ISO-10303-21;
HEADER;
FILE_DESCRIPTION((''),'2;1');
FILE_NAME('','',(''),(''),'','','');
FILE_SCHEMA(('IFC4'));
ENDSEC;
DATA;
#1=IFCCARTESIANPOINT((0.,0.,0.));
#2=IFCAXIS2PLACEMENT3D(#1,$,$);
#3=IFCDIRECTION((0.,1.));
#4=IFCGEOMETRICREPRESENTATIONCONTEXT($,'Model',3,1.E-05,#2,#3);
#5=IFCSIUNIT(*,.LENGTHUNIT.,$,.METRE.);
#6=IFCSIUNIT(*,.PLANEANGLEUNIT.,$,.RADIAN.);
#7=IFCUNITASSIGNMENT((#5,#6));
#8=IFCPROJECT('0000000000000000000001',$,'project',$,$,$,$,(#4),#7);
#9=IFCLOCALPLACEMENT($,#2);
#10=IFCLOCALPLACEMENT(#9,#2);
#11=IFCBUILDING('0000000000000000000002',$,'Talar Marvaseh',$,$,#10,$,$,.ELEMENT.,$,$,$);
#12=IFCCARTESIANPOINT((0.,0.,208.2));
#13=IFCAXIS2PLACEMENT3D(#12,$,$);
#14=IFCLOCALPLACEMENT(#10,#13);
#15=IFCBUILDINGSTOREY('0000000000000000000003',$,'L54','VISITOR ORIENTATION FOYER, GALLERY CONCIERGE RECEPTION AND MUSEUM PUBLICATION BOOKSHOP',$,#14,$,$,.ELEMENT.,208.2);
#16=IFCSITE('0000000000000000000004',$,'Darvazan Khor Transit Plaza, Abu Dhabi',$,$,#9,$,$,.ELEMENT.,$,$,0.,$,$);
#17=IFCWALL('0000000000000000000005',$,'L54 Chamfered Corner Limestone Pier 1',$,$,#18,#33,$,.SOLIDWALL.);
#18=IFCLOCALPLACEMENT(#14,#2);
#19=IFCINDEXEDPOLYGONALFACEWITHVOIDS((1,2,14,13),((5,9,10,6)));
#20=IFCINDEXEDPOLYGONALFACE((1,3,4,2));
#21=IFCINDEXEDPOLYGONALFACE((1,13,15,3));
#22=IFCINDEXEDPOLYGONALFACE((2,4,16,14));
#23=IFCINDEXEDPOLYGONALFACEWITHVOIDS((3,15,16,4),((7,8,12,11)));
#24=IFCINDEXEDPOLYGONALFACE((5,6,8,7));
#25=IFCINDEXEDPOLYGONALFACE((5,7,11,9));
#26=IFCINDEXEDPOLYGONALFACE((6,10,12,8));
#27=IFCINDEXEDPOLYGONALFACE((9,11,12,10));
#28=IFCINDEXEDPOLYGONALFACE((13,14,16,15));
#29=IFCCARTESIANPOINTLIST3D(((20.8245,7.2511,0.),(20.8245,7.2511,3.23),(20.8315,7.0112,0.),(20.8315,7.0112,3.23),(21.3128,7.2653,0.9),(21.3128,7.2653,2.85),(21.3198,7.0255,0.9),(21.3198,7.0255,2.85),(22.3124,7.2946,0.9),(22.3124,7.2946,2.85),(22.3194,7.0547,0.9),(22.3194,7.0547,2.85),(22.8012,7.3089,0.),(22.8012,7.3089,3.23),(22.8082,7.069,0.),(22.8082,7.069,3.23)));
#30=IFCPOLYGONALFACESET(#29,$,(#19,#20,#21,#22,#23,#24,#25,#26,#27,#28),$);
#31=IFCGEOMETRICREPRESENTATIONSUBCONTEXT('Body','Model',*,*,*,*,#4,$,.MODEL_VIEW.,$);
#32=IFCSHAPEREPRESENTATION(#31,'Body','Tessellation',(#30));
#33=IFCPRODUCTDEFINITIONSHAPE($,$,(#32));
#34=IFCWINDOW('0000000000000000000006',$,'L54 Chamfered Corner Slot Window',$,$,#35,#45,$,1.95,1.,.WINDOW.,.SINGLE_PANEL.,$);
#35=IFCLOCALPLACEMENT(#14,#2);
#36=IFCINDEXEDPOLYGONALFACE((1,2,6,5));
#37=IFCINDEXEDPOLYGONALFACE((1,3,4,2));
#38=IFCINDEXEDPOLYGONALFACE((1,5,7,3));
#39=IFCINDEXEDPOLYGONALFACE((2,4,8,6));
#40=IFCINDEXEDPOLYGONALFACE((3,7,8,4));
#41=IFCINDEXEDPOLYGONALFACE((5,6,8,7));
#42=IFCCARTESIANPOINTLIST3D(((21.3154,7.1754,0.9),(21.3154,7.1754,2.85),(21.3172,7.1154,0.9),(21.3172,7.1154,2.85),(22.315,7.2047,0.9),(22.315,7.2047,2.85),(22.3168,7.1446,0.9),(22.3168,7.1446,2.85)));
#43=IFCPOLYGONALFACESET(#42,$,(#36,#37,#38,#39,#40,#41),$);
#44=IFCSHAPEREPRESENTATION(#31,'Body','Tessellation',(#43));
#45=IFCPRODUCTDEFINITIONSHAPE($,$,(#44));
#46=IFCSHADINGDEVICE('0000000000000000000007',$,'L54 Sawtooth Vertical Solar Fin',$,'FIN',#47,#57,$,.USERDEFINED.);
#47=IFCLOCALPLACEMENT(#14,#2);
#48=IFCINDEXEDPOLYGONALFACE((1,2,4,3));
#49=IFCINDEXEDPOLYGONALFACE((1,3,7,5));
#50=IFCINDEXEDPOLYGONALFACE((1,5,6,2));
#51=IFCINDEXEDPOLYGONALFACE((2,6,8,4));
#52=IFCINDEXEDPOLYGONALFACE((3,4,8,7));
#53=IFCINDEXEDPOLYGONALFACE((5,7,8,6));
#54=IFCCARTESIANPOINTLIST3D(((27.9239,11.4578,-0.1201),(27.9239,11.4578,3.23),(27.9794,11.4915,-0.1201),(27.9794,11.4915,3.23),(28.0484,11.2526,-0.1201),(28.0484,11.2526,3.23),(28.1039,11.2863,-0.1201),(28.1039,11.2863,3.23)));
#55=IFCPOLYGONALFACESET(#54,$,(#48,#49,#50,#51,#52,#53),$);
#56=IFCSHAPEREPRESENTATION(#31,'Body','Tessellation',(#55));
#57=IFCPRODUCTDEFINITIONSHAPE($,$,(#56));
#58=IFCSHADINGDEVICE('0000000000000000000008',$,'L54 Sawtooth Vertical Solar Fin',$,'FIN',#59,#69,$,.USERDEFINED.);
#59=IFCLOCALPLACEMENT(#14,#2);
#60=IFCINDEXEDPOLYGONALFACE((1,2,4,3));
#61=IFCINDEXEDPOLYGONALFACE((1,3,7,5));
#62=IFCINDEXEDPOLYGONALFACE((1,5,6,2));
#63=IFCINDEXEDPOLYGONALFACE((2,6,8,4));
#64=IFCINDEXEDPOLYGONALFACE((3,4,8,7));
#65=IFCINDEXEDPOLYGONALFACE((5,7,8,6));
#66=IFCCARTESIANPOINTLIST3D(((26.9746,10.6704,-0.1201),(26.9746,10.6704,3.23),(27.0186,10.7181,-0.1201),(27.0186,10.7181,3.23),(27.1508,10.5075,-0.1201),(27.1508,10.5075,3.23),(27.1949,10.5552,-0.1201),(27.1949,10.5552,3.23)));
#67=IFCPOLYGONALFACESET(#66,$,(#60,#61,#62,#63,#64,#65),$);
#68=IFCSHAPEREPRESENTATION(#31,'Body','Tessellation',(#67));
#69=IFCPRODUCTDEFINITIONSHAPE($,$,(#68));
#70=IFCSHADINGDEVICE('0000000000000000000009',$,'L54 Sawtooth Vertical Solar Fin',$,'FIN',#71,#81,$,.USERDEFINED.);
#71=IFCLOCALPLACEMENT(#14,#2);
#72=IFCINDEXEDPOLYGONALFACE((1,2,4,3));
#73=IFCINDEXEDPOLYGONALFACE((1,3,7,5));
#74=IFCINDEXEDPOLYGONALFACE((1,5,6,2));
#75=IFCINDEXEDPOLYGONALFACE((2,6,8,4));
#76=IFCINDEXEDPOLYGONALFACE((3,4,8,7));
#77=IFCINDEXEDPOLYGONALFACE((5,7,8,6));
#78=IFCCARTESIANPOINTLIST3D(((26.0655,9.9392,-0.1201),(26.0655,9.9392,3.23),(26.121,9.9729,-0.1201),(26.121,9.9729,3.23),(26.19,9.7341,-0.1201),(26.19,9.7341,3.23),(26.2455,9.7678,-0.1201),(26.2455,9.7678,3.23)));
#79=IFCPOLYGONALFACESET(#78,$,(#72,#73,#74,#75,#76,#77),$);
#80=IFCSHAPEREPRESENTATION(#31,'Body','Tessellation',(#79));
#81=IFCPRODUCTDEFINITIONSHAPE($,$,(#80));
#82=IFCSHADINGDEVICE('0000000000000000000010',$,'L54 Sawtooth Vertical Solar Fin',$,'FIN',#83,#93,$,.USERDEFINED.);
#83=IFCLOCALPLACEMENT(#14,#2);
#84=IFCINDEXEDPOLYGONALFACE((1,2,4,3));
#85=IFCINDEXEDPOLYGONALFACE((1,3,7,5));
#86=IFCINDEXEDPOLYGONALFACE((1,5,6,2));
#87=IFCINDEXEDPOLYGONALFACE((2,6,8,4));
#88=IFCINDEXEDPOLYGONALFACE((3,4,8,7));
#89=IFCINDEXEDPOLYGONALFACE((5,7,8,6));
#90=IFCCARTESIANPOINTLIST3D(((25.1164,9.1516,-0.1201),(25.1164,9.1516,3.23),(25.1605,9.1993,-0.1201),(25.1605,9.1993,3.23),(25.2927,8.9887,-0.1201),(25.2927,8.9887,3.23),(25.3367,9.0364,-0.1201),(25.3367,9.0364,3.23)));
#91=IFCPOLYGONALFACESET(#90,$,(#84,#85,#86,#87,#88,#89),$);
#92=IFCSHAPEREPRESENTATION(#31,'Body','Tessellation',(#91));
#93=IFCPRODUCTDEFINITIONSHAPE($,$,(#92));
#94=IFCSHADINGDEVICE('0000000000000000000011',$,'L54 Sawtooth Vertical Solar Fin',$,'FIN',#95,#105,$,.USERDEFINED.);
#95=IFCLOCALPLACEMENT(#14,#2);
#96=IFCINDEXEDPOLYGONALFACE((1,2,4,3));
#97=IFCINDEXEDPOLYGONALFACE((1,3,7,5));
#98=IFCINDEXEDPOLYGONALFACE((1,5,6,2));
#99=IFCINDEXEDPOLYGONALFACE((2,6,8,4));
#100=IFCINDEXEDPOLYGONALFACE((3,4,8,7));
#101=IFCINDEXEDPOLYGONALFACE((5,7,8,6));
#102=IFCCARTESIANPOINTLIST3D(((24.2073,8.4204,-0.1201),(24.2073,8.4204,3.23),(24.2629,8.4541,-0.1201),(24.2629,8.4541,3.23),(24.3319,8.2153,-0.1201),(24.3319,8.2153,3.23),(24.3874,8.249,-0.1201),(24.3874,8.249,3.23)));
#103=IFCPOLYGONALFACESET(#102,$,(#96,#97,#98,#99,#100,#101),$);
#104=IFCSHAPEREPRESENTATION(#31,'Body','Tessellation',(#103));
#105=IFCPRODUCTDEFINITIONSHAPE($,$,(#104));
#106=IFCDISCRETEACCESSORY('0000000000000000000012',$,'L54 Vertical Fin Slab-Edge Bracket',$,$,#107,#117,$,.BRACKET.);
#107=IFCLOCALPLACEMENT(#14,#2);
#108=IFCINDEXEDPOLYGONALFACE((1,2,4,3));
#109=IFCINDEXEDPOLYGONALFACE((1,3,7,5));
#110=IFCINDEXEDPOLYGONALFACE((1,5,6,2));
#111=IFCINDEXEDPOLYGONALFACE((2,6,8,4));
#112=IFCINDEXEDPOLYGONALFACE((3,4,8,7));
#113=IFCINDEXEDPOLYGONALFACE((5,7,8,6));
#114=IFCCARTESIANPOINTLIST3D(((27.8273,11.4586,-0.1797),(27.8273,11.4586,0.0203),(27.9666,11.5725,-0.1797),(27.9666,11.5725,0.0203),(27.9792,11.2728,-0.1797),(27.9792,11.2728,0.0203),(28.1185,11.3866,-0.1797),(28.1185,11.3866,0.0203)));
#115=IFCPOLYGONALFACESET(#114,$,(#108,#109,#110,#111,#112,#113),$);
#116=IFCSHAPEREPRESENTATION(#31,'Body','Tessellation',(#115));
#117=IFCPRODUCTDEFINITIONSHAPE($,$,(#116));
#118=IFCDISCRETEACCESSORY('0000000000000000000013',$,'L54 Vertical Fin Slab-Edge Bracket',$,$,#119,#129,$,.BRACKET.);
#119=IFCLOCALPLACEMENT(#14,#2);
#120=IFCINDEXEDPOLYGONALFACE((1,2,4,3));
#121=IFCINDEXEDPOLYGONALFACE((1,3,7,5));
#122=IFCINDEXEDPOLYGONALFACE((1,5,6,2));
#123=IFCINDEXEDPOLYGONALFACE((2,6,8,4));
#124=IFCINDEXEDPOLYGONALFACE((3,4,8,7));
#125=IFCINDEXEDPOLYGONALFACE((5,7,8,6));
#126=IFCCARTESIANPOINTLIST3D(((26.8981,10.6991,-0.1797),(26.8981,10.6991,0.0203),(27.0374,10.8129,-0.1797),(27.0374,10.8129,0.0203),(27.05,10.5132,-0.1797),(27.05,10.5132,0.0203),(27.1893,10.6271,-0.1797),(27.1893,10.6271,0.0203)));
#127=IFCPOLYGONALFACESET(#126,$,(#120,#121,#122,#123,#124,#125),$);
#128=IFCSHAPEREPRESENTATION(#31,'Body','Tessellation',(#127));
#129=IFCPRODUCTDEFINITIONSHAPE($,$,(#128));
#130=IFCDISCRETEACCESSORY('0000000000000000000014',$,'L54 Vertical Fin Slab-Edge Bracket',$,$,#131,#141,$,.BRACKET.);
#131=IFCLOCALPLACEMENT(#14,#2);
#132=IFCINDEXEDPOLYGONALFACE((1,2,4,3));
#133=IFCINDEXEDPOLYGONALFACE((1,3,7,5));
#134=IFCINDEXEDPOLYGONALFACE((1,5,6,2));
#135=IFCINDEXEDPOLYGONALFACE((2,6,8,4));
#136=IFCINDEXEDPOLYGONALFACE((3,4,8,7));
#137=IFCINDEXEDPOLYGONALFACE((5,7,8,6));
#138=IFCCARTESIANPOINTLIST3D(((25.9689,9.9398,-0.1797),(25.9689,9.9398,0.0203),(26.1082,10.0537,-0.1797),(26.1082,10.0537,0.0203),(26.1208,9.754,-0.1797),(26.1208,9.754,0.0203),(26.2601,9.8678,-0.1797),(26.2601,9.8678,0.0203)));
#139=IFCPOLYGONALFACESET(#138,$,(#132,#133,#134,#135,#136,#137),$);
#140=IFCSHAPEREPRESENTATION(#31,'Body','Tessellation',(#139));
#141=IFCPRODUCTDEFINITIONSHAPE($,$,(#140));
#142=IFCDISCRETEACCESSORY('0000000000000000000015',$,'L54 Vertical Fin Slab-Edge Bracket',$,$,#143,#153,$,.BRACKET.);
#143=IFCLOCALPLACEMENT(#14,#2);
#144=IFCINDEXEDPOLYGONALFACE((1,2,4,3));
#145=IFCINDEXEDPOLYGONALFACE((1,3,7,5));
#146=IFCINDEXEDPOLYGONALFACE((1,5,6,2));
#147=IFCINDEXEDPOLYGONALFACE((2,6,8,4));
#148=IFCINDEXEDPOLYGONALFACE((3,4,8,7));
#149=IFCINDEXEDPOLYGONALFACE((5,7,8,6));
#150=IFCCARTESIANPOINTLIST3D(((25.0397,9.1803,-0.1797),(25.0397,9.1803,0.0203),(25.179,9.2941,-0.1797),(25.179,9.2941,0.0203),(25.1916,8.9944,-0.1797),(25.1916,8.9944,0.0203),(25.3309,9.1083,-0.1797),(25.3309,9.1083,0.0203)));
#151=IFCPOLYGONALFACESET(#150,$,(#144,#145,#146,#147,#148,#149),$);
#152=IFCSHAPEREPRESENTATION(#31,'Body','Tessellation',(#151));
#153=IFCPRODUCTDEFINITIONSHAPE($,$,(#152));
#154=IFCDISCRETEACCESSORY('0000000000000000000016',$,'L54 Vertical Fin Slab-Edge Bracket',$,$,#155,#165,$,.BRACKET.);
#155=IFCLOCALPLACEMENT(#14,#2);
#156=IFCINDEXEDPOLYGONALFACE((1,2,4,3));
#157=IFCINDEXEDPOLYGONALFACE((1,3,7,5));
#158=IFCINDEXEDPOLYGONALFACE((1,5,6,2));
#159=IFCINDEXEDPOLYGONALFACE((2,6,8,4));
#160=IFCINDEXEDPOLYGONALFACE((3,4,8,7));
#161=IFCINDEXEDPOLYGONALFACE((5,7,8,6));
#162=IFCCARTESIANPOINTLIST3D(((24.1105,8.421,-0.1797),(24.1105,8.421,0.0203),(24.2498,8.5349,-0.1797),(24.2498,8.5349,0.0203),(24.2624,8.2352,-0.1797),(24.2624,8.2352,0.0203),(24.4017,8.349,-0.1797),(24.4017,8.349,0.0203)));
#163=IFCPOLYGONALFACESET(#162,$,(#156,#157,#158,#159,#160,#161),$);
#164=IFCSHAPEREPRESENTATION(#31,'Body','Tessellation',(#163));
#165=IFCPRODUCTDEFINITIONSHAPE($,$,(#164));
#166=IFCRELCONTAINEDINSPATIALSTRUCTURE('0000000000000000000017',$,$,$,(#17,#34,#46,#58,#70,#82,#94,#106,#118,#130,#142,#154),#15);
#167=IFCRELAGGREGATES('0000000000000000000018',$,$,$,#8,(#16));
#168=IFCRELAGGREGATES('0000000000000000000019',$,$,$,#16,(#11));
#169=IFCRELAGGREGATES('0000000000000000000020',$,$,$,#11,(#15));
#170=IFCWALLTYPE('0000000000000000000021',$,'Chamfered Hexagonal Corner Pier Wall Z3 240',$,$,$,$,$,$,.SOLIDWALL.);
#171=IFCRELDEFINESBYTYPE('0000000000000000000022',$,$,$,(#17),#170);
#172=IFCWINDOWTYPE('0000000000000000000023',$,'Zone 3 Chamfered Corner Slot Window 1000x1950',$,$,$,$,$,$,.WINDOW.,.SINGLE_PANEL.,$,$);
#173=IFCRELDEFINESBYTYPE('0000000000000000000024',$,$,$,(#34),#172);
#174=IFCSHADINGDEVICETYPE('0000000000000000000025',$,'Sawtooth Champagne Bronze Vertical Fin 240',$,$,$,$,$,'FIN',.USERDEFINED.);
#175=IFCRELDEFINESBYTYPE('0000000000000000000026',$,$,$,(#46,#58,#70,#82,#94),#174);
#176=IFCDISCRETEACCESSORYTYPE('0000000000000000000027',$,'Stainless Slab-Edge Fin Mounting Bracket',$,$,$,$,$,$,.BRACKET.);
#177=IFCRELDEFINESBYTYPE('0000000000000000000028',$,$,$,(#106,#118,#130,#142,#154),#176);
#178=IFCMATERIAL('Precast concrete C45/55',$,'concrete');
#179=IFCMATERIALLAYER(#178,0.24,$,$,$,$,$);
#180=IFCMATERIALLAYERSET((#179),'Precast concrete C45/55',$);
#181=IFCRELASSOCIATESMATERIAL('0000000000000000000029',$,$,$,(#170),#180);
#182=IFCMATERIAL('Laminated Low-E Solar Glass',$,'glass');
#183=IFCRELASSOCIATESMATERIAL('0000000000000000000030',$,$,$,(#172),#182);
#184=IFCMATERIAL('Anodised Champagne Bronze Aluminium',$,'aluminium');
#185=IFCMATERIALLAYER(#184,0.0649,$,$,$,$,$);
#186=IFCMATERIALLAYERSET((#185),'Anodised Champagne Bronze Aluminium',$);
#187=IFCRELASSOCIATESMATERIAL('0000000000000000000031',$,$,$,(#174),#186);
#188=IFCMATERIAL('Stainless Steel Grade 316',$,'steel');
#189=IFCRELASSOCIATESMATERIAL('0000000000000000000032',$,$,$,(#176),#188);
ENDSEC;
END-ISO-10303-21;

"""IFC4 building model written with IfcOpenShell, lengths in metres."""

from ifc_helpers import new_model, si_unit, direction, frame, frame_2d, origin, origin_2d, place, context, subcontext, project, spatial, rectangle, extrude, source, transform, mapped, material, layer, layer_set, type_object, type_shapes, element, fill, save


model = new_model("IFC4")

# Units and contexts
model_context = context("Model", 3, precision=1e-05, world=origin(), true_north=direction((0.0, 1.0)))
body_context = subcontext(model_context, "Body", "Model", "MODEL_VIEW")
ifc_project = project(units=[si_unit("LENGTHUNIT", "METRE"), si_unit("PLANEANGLEUNIT", "RADIAN")], contexts=[model_context])

# Site, building, storey
site_placement = place(None, origin())
site = spatial("IfcSite", under=ifc_project, at=site_placement, Name="Darvazan Khor Transit Plaza, Abu Dhabi", CompositionType="ELEMENT", RefElevation=0.0)
building_placement = place(site_placement, origin())
building = spatial("IfcBuilding", under=site, at=building_placement, Name="Talar Marvaseh", CompositionType="ELEMENT")
storey_placement = place(building_placement, frame((0.0, 0.0, 208.2)))
storey = spatial("IfcBuildingStorey", under=building, at=storey_placement, Name="L54", Description="VISITOR ORIENTATION FOYER, GALLERY CONCIERGE RECEPTION AND MUSEUM PUBLICATION BOOKSHOP", CompositionType="ELEMENT", Elevation=208.2)

# Shared definitions
ifc_material_1 = material(Name="Laminated Low-E Solar Glass", Category="glass")

# Wall, opening, window
ifc_material_2 = material(Name="Precast concrete C45/55", Category="concrete")
ifc_layer_1 = layer(ifc_material_2, 0.24)
ifc_layer_set_1 = layer_set([ifc_layer_1], Name="Precast concrete C45/55")
wall_type = type_object("IfcWallType", Name="Chamfered Hexagonal Corner Pier Wall Z3 240", PredefinedType="SOLIDWALL", material=ifc_layer_set_1)
wall_placement = place(storey_placement, frame((22.8047, 7.189, 0.0), z_axis=(0.0, 0.0, 1.0), x_axis=(-0.999572, -0.029258, 0.0)))
wall = element("IfcWall", 1, at=wall_placement, inside=storey, type_object=wall_type, Name="L54 Chamfered Corner Limestone Pier 1", PredefinedType="SOLIDWALL", context=body_context, shape_type="SweptSolid", body=[
    extrude(rectangle(XDim=1.9775, YDim=0.24, at=frame_2d((0.9888, 0.0))), origin(), (0.0, 0.0, 1.0), 3.23),
])
opening_placement = place(wall_placement, frame((0.489, 0.0, 0.8999)))
opening = element("IfcOpeningElement", 2, at=opening_placement, cuts=wall, PredefinedType="OPENING", context=body_context, shape_type="SweptSolid", body=[
    extrude(rectangle(XDim=1.0, YDim=1.95, at=frame_2d((0.5, 0.9751))), frame((0.0, 0.1299, 0.0), z_axis=(0.0, -1.0, 0.0), x_axis=(1.0, 0.0, 0.0)), (0.0, 0.0, 1.0), 0.26),
])
window_type = type_object("IfcWindowType", Name="Zone 3 Chamfered Corner Slot Window 1000x1950", PartitioningType="SINGLE_PANEL", PredefinedType="WINDOW", material=ifc_material_1)
shared_shape_1 = source(origin(), body_context, "Body", "SweptSolid", [
    extrude(rectangle(XDim=1.0, YDim=1.95, at=frame_2d((0.5, 0.9751))), frame((0.0, 0.03, 0.0), z_axis=(0.0, -1.0, 0.0), x_axis=(1.0, 0.0, 0.0)), (0.0, 0.0, 1.0), 0.0601),
])
type_shapes(window_type, [shared_shape_1])
window_placement = place(opening_placement, origin())
window = element("IfcWindow", 3, at=window_placement, inside=storey, type_object=window_type, Name="L54 Chamfered Corner Slot Window", OverallHeight=1.95, OverallWidth=1.0, PartitioningType="SINGLE_PANEL", PredefinedType="WINDOW", context=body_context, shape_type="MappedRepresentation", body=[
    mapped(shared_shape_1, transform((0.0, 0.0, 0.0), x_axis=(1.0, 0.0, 0.0), y_axis=(0.0, 1.0, 0.0), z_axis=(0.0, 0.0, 1.0), scale=1.0)),
])
fill(opening, window)

# Shading devices
ifc_material_3 = material(Name="Anodised Champagne Bronze Aluminium", Category="aluminium")
ifc_layer_2 = layer(ifc_material_3, 0.0649)
ifc_layer_set_2 = layer_set([ifc_layer_2], Name="Anodised Champagne Bronze Aluminium")
shading_device_type = type_object("IfcShadingDeviceType", Name="Sawtooth Champagne Bronze Vertical Fin 240", ElementType="FIN", PredefinedType="USERDEFINED", material=ifc_layer_set_2)
shared_shape_2 = source(origin(), body_context, "Body", "SweptSolid", [
    extrude(rectangle(XDim=0.24, YDim=0.0649, at=origin_2d()), origin(), (0.0, 0.0, 1.0), 3.3501),
])
type_shapes(shading_device_type, [shared_shape_2])
for number, where, z_axis, x_axis, name in (
    (4, (28.0139, 11.3721, -0.1201), (0.0, 0.0, 1.0), (0.518922, -0.854821, 0.0), "L54 Sawtooth Vertical Solar Fin"),
    (5, (27.0847, 10.6128, -0.1201), (0.0, 0.0, 1.0), (0.734441, -0.678673, 0.0), "L54 Sawtooth Vertical Solar Fin"),
    (6, (26.1555, 9.8535, -0.1201), (0.0, 0.0, 1.0), (0.518922, -0.854821, 0.0), "L54 Sawtooth Vertical Solar Fin"),
    (7, (25.2266, 9.094, -0.1201), (0.0, 0.0, 1.0), (0.734441, -0.678673, 0.0), "L54 Sawtooth Vertical Solar Fin"),
    (8, (24.2974, 8.3347, -0.1201), (0.0, 0.0, 1.0), (0.518922, -0.854821, 0.0), "L54 Sawtooth Vertical Solar Fin"),
):
    element("IfcShadingDevice", number, at=place(storey_placement, frame(where, z_axis=z_axis, x_axis=x_axis)), inside=storey, type_object=shading_device_type, Name=name, ObjectType="FIN", PredefinedType="USERDEFINED", context=body_context, shape_type="MappedRepresentation", body=[
        mapped(shared_shape_2, transform((0.0, 0.0, 0.0), x_axis=(1.0, 0.0, 0.0), y_axis=(0.0, 1.0, 0.0), z_axis=(0.0, 0.0, 1.0), scale=1.0)),
    ])

# Discrete accessories
ifc_material_4 = material(Name="Stainless Steel Grade 316", Category="steel")
discrete_accessory_type = type_object("IfcDiscreteAccessoryType", Name="Stainless Slab-Edge Fin Mounting Bracket", PredefinedType="BRACKET", material=ifc_material_4)
shared_shape_3 = source(origin(), body_context, "Body", "SweptSolid", [
    extrude(rectangle(XDim=0.24, YDim=0.1799, at=origin_2d()), origin(), (0.0, 0.0, 1.0), 0.2),
])
type_shapes(discrete_accessory_type, [shared_shape_3])
for number, where, z_axis, x_axis, name in (
    (9, (27.9729, 11.4226, -0.1797), (0.0, 0.0, 1.0), (0.63284, -0.774282, 0.0), "L54 Vertical Fin Slab-Edge Bracket"),
    (10, (27.0437, 10.6631, -0.1797), (0.0, 0.0, 1.0), (0.63284, -0.774282, 0.0), "L54 Vertical Fin Slab-Edge Bracket"),
    (11, (26.1145, 9.9038, -0.1797), (0.0, 0.0, 1.0), (0.63284, -0.774282, 0.0), "L54 Vertical Fin Slab-Edge Bracket"),
    (12, (25.1853, 9.1443, -0.1797), (0.0, 0.0, 1.0), (0.63284, -0.774282, 0.0), "L54 Vertical Fin Slab-Edge Bracket"),
    (13, (24.2561, 8.385, -0.1797), (0.0, 0.0, 1.0), (0.63284, -0.774282, 0.0), "L54 Vertical Fin Slab-Edge Bracket"),
):
    element("IfcDiscreteAccessory", number, at=place(storey_placement, frame(where, z_axis=z_axis, x_axis=x_axis)), inside=storey, type_object=discrete_accessory_type, Name=name, PredefinedType="BRACKET", context=body_context, shape_type="MappedRepresentation", body=[
        mapped(shared_shape_3, transform((0.0, 0.0, 0.0), x_axis=(1.0, 0.0, 0.0), y_axis=(0.0, 1.0, 0.0), z_axis=(0.0, 0.0, 1.0), scale=1.0)),
    ])

save(model, "model.ifc")
